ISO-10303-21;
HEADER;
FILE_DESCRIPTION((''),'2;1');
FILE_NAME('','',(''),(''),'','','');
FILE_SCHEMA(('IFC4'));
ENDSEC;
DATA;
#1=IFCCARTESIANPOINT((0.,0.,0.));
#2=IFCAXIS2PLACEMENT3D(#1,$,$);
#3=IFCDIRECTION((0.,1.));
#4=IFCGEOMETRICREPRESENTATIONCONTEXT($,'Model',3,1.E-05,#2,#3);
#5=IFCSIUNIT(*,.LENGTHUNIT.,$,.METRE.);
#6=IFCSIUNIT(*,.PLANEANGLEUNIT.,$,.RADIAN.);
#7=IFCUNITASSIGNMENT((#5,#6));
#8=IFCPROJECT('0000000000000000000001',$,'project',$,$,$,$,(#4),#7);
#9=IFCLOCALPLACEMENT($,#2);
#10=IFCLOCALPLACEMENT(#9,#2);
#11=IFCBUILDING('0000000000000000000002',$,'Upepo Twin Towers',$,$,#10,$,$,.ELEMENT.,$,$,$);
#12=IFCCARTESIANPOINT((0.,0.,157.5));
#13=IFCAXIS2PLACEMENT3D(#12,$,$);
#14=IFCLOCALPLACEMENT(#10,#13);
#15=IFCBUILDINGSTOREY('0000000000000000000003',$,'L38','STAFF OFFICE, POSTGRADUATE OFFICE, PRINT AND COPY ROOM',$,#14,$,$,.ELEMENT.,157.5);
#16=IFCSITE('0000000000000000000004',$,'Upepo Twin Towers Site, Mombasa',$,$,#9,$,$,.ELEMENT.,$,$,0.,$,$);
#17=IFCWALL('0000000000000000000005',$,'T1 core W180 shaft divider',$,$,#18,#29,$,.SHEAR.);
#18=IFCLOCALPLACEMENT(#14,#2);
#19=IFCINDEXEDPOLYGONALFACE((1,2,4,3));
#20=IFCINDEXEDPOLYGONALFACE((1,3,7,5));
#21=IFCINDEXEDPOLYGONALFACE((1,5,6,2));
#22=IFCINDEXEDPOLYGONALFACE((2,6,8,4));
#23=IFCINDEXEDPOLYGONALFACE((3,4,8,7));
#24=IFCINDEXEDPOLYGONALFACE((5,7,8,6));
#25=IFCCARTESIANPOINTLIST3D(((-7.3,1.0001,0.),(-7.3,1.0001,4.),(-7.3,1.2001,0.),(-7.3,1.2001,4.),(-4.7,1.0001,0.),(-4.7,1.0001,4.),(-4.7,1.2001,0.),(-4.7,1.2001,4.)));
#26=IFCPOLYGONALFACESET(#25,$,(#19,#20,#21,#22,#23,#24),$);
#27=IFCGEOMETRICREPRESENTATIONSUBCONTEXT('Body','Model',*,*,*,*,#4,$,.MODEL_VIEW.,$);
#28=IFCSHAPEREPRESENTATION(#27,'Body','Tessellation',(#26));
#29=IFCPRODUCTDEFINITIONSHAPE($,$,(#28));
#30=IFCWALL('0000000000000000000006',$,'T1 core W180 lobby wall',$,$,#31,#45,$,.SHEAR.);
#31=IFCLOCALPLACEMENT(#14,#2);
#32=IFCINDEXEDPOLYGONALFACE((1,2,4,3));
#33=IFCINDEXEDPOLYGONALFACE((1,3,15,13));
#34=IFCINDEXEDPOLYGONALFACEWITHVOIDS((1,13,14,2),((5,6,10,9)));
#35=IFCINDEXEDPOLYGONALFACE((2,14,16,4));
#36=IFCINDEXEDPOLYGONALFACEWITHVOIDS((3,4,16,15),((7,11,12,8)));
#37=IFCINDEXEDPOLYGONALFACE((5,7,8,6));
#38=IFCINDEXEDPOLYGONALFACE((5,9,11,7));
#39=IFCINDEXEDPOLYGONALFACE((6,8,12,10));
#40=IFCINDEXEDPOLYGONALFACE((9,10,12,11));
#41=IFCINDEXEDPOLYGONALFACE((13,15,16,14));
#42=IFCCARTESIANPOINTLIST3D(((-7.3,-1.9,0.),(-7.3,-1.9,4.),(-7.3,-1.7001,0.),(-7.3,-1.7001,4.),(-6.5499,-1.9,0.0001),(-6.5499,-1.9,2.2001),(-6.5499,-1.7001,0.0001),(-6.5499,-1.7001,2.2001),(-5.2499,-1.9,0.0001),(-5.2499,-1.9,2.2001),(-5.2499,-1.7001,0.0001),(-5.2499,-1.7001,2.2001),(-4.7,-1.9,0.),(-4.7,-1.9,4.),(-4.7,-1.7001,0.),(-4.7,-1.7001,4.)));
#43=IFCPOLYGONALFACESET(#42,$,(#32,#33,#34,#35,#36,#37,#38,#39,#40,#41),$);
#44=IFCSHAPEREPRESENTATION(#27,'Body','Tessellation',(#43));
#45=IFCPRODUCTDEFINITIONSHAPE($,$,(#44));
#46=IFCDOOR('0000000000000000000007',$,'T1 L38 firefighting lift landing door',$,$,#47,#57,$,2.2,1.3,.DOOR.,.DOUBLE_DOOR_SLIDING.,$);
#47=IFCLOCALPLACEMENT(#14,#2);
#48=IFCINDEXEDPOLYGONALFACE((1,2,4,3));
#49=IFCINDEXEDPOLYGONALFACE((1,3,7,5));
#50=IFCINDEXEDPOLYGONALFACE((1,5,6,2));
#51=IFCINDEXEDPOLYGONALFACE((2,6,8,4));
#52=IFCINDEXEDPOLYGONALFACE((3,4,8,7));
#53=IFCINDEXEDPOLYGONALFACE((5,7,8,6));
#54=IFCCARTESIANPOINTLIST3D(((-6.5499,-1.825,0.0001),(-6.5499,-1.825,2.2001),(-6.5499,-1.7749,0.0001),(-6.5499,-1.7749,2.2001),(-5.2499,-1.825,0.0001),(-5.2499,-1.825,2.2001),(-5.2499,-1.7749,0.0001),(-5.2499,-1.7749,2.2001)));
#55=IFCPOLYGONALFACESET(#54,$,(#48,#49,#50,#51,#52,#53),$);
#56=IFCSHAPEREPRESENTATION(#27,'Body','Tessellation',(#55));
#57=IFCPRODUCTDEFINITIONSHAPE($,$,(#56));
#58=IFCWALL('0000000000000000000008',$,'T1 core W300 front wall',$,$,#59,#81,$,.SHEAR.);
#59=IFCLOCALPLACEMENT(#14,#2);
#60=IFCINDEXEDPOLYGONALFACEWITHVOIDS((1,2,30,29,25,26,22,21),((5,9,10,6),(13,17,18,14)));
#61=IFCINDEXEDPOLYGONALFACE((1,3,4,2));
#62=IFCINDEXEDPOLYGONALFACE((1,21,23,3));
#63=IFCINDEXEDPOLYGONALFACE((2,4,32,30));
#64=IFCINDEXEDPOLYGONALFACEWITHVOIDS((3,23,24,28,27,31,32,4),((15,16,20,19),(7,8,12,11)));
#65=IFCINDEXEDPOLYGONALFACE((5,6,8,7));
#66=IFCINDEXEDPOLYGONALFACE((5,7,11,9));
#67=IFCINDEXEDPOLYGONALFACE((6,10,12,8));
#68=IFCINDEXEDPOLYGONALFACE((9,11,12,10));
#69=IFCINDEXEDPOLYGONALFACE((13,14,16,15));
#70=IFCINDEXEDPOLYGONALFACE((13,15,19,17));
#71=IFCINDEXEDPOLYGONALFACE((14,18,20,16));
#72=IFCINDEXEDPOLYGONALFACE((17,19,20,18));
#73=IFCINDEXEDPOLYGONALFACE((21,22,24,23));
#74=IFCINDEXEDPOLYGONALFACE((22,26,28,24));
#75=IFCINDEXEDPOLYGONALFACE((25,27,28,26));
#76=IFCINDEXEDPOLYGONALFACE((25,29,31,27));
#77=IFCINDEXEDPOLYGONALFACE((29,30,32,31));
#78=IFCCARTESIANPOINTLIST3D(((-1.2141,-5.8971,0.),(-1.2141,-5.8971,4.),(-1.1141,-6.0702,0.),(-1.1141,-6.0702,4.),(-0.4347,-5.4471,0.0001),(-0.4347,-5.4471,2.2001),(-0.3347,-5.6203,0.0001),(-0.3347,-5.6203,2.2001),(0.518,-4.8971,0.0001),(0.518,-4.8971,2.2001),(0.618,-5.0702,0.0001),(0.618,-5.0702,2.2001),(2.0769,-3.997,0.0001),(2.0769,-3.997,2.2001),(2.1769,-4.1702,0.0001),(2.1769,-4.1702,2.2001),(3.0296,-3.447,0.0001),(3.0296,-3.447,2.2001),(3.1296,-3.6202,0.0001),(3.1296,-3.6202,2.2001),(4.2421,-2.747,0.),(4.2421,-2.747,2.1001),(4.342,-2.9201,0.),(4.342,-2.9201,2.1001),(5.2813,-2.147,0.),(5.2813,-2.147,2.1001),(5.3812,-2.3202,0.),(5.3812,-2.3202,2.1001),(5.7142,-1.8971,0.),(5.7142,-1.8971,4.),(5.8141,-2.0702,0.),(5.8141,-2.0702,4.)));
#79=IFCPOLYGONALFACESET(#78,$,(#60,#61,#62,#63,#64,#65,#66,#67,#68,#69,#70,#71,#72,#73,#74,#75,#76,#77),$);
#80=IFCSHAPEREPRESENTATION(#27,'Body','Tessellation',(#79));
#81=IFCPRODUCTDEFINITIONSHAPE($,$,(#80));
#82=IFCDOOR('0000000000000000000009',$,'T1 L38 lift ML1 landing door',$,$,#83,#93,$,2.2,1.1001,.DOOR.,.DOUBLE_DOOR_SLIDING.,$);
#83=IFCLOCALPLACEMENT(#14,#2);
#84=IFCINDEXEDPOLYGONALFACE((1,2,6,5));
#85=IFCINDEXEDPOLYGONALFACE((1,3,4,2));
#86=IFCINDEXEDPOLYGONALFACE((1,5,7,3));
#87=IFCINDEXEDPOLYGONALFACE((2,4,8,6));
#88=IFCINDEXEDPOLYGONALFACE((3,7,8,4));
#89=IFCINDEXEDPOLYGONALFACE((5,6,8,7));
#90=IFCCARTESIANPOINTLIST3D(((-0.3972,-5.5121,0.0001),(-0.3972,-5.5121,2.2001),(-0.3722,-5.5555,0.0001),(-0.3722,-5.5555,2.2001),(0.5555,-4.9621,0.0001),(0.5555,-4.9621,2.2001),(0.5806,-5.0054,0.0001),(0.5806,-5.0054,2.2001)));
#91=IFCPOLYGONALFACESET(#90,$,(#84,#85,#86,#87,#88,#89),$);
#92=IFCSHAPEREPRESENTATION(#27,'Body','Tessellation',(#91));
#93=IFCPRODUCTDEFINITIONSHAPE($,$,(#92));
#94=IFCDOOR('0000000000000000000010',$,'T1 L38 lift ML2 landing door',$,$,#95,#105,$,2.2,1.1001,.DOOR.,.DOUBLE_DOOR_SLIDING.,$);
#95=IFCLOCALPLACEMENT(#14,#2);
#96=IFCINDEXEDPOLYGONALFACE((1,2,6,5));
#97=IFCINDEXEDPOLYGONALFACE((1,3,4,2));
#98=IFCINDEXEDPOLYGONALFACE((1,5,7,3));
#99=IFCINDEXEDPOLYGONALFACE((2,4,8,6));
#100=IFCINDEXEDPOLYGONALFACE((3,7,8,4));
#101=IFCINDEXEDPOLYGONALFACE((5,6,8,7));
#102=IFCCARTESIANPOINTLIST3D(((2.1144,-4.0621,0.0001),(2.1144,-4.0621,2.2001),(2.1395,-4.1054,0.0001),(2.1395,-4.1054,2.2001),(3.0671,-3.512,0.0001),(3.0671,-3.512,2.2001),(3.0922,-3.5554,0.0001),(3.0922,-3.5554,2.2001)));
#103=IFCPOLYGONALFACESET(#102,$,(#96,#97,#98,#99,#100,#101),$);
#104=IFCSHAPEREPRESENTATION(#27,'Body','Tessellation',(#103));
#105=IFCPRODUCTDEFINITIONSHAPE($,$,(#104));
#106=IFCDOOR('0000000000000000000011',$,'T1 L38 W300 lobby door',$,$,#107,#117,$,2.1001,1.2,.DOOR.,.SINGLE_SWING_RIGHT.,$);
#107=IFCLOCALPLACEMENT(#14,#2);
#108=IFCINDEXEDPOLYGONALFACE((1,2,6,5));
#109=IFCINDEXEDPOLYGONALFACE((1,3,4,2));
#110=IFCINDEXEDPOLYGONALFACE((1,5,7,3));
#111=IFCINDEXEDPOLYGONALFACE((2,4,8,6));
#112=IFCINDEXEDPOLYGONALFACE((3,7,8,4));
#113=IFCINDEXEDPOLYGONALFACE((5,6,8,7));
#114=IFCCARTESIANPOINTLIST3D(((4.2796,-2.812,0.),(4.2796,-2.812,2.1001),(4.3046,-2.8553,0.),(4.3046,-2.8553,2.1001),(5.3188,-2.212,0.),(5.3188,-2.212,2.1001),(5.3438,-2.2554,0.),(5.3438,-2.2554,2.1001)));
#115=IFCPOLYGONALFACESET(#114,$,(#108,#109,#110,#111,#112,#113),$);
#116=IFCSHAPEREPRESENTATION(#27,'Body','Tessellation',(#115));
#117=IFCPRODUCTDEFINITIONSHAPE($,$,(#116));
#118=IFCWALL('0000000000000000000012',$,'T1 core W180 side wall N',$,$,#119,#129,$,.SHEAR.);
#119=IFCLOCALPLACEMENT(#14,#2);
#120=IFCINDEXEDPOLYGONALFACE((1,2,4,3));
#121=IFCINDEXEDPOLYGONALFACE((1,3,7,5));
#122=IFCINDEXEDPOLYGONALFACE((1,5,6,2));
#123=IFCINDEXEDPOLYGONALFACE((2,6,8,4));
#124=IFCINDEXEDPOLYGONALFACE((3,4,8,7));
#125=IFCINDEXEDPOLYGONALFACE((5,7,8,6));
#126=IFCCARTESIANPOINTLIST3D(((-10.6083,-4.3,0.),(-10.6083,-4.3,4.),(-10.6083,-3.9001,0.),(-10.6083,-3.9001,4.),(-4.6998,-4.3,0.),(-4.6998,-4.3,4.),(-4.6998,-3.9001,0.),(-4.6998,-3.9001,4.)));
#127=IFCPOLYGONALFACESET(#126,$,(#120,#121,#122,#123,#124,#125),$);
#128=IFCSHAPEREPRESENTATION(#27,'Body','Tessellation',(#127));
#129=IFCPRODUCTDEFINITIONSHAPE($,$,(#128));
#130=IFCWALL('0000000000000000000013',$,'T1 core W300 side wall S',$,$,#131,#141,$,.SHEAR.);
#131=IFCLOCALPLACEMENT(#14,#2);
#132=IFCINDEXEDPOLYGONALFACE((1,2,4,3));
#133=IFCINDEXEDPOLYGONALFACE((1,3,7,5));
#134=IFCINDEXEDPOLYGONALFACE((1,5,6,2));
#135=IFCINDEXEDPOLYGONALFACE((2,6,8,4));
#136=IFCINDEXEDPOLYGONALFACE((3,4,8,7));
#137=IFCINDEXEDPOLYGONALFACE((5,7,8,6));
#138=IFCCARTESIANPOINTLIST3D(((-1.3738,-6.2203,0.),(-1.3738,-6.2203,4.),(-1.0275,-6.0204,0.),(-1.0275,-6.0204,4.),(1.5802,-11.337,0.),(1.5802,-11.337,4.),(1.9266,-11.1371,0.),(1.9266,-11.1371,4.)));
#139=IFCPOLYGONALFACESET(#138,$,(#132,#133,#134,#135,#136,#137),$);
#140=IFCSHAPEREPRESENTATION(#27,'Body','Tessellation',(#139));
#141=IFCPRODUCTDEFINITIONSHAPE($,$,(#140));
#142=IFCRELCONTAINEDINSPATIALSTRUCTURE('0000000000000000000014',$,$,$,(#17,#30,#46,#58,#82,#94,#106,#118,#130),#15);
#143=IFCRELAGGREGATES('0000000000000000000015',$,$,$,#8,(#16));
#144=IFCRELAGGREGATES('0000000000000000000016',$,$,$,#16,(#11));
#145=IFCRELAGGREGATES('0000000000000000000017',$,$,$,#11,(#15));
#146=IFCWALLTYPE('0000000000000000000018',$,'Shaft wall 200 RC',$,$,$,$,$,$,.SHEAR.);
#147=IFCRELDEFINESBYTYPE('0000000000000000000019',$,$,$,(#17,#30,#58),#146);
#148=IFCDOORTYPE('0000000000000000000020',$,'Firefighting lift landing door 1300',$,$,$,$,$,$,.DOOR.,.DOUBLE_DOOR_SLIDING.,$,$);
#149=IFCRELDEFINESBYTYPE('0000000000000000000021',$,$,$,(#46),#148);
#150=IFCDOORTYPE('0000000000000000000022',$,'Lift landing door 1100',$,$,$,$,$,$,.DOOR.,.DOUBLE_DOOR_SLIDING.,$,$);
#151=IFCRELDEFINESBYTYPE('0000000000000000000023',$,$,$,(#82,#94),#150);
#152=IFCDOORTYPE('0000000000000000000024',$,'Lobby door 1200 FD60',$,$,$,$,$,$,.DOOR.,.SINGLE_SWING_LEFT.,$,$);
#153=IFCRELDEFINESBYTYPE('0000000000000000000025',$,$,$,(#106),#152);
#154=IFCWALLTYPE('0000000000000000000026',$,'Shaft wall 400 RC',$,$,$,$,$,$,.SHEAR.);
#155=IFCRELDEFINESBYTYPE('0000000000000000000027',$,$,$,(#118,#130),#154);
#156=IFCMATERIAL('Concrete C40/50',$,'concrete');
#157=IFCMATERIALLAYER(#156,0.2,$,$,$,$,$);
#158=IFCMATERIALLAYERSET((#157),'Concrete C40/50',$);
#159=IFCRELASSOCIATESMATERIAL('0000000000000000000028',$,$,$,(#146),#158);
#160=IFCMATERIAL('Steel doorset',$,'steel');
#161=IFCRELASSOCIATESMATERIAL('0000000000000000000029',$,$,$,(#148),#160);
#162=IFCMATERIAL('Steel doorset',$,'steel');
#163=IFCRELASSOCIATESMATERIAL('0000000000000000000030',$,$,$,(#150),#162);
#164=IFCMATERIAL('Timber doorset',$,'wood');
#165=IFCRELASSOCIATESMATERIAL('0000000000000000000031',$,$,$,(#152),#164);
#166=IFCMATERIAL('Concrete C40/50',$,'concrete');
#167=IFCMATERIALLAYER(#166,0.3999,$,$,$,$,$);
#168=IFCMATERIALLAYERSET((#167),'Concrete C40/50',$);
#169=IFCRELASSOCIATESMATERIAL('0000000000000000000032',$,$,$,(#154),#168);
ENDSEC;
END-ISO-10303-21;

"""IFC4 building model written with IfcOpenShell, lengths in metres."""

from ifc_helpers import new_model, si_unit, direction, frame, frame_2d, origin, place, context, subcontext, project, spatial, rectangle, extrude, material, layer, layer_set, type_object, element, fill, save


model = new_model("IFC4")

# Units and contexts
model_context = context("Model", 3, precision=1e-05, world=origin(), true_north=direction((0.0, 1.0)))
body_context = subcontext(model_context, "Body", "Model", "MODEL_VIEW")
ifc_project = project(units=[si_unit("LENGTHUNIT", "METRE"), si_unit("PLANEANGLEUNIT", "RADIAN")], contexts=[model_context])

# Site, building, storey
site_placement = place(None, origin())
site = spatial("IfcSite", under=ifc_project, at=site_placement, Name="Upepo Twin Towers Site, Mombasa", CompositionType="ELEMENT", RefElevation=0.0)
building_placement = place(site_placement, origin())
building = spatial("IfcBuilding", under=site, at=building_placement, Name="Upepo Twin Towers", CompositionType="ELEMENT")
storey_placement = place(building_placement, frame((0.0, 0.0, 157.5)))
storey = spatial("IfcBuildingStorey", under=building, at=storey_placement, Name="L38", Description="STAFF OFFICE, POSTGRADUATE OFFICE, PRINT AND COPY ROOM", CompositionType="ELEMENT", Elevation=157.5)

# Wall
ifc_material_1 = material(Name="Concrete C40/50", Category="concrete")
ifc_layer_1 = layer(ifc_material_1, 0.2)
ifc_layer_set_1 = layer_set([ifc_layer_1], Name="Concrete C40/50")
wall_type_1 = type_object("IfcWallType", Name="Shaft wall 200 RC", PredefinedType="SHEAR", material=ifc_layer_set_1)
wall_1_placement = place(storey_placement, frame((-4.7, 1.1001, 0.0), z_axis=(0.0, 0.0, 1.0), x_axis=(-1.0, 0.0, 0.0)))
element("IfcWall", 1, at=wall_1_placement, inside=storey, type_object=wall_type_1, Name="T1 core W180 shaft divider", PredefinedType="SHEAR", context=body_context, shape_type="SweptSolid", body=[
    extrude(rectangle(XDim=2.6001, YDim=0.2, at=frame_2d((1.3, 0.0))), origin(), (0.0, 0.0, 1.0), 4.0),
])

# Wall, opening, door
wall_2_placement = place(storey_placement, frame((-4.7, -1.8, 0.0), z_axis=(0.0, 0.0, 1.0), x_axis=(-1.0, 0.0, 0.0)))
wall_2 = element("IfcWall", 2, at=wall_2_placement, inside=storey, type_object=wall_type_1, Name="T1 core W180 lobby wall", PredefinedType="SHEAR", context=body_context, shape_type="SweptSolid", body=[
    extrude(rectangle(XDim=2.6001, YDim=0.2, at=frame_2d((1.3, 0.0))), origin(), (0.0, 0.0, 1.0), 4.0),
])
opening_1_placement = place(wall_2_placement, frame((0.55, 0.0, 0.0)))
opening_1 = element("IfcOpeningElement", 3, at=opening_1_placement, cuts=wall_2, PredefinedType="OPENING", context=body_context, shape_type="SweptSolid", body=[
    extrude(rectangle(XDim=1.3, YDim=2.2, at=frame_2d((0.6499, 1.1001))), frame((0.0, 0.1099, 0.0), z_axis=(0.0, -1.0, 0.0), x_axis=(1.0, 0.0, 0.0)), (0.0, 0.0, 1.0), 0.22),
])
ifc_material_2 = material(Name="Steel doorset", Category="steel")
door_type_1 = type_object("IfcDoorType", Name="Firefighting lift landing door 1300", OperationType="DOUBLE_DOOR_SLIDING", PredefinedType="DOOR", material=ifc_material_2)
door_1_placement = place(opening_1_placement, origin())
door_1 = element("IfcDoor", 4, at=door_1_placement, inside=storey, type_object=door_type_1, Name="T1 L38 firefighting lift landing door", OperationType="DOUBLE_DOOR_SLIDING", OverallHeight=2.2, OverallWidth=1.3, PredefinedType="DOOR", context=body_context, shape_type="SweptSolid", body=[
    extrude(rectangle(XDim=1.3, YDim=2.2, at=frame_2d((0.6499, 1.1001))), frame((0.0, 0.0249, 0.0), z_axis=(0.0, -1.0, 0.0), x_axis=(1.0, 0.0, 0.0)), (0.0, 0.0, 1.0), 0.05),
])
fill(opening_1, door_1)

# Wall, openings, doors
wall_3_placement = place(storey_placement, frame((-1.1641, -5.9836, 0.0), z_axis=(0.0, 0.0, 1.0), x_axis=(0.866026, 0.499999, 0.0)))
wall_3 = element("IfcWall", 5, at=wall_3_placement, inside=storey, type_object=wall_type_1, Name="T1 core W300 front wall", PredefinedType="SHEAR", context=body_context, shape_type="SweptSolid", body=[
    extrude(rectangle(XDim=8.0, YDim=0.2, at=frame_2d((4.0, 0.0))), origin(), (0.0, 0.0, 1.0), 4.0),
])
opening_2_placement = place(wall_3_placement, frame((6.3, 0.0, 0.0)))
opening_2 = element("IfcOpeningElement", 6, at=opening_2_placement, cuts=wall_3, PredefinedType="OPENING", context=body_context, shape_type="SweptSolid", body=[
    extrude(rectangle(XDim=1.2, YDim=2.1001, at=frame_2d((0.6001, 1.05))), frame((0.0, 0.1099, 0.0), z_axis=(0.0, -1.0, 0.0), x_axis=(1.0, 0.0, 0.0)), (0.0, 0.0, 1.0), 0.22),
])
opening_3_placement = place(wall_3_placement, frame((0.8999, 0.0, 0.0)))
opening_3 = element("IfcOpeningElement", 7, at=opening_3_placement, cuts=wall_3, PredefinedType="OPENING", context=body_context, shape_type="SweptSolid", body=[
    extrude(rectangle(XDim=1.1001, YDim=2.2, at=frame_2d((0.55, 1.1001))), frame((0.0, 0.1099, 0.0), z_axis=(0.0, -1.0, 0.0), x_axis=(1.0, 0.0, 0.0)), (0.0, 0.0, 1.0), 0.22),
])
opening_4_placement = place(wall_3_placement, frame((3.8, 0.0, 0.0)))
opening_4 = element("IfcOpeningElement", 8, at=opening_4_placement, cuts=wall_3, PredefinedType="OPENING", context=body_context, shape_type="SweptSolid", body=[
    extrude(rectangle(XDim=1.1001, YDim=2.2, at=frame_2d((0.55, 1.1001))), frame((0.0, 0.1099, 0.0), z_axis=(0.0, -1.0, 0.0), x_axis=(1.0, 0.0, 0.0)), (0.0, 0.0, 1.0), 0.22),
])
ifc_material_3 = material(Name="Steel doorset", Category="steel")
door_type_2 = type_object("IfcDoorType", Name="Lift landing door 1100", OperationType="DOUBLE_DOOR_SLIDING", PredefinedType="DOOR", material=ifc_material_3)
door_2_placement = place(opening_3_placement, origin())
door_2 = element("IfcDoor", 9, at=door_2_placement, inside=storey, type_object=door_type_2, Name="T1 L38 lift ML1 landing door", OperationType="DOUBLE_DOOR_SLIDING", OverallHeight=2.2, OverallWidth=1.1001, PredefinedType="DOOR", context=body_context, shape_type="SweptSolid", body=[
    extrude(rectangle(XDim=1.1001, YDim=2.2, at=frame_2d((0.55, 1.1001))), frame((0.0, 0.0249, 0.0), z_axis=(0.0, -1.0, 0.0), x_axis=(1.0, 0.0, 0.0)), (0.0, 0.0, 1.0), 0.05),
])
fill(opening_3, door_2)
door_3_placement = place(opening_4_placement, origin())
door_3 = element("IfcDoor", 10, at=door_3_placement, inside=storey, type_object=door_type_2, Name="T1 L38 lift ML2 landing door", OperationType="DOUBLE_DOOR_SLIDING", OverallHeight=2.2, OverallWidth=1.1001, PredefinedType="DOOR", context=body_context, shape_type="SweptSolid", body=[
    extrude(rectangle(XDim=1.1001, YDim=2.2, at=frame_2d((0.55, 1.1001))), frame((0.0, 0.0249, 0.0), z_axis=(0.0, -1.0, 0.0), x_axis=(1.0, 0.0, 0.0)), (0.0, 0.0, 1.0), 0.05),
])
fill(opening_4, door_3)
ifc_material_4 = material(Name="Timber doorset", Category="wood")
door_type_3 = type_object("IfcDoorType", Name="Lobby door 1200 FD60", OperationType="SINGLE_SWING_LEFT", PredefinedType="DOOR", material=ifc_material_4)
door_4_placement = place(opening_2_placement, origin())
door_4 = element("IfcDoor", 11, at=door_4_placement, inside=storey, type_object=door_type_3, Name="T1 L38 W300 lobby door", OperationType="SINGLE_SWING_RIGHT", OverallHeight=2.1001, OverallWidth=1.2, PredefinedType="DOOR", context=body_context, shape_type="SweptSolid", body=[
    extrude(rectangle(XDim=1.2, YDim=2.1001, at=frame_2d((0.6001, 1.05))), frame((0.0, 0.0249, 0.0), z_axis=(0.0, -1.0, 0.0), x_axis=(1.0, 0.0, 0.0)), (0.0, 0.0, 1.0), 0.05),
])
fill(opening_2, door_4)

# Walls
ifc_material_5 = material(Name="Concrete C40/50", Category="concrete")
ifc_layer_2 = layer(ifc_material_5, 0.3999)
ifc_layer_set_2 = layer_set([ifc_layer_2], Name="Concrete C40/50")
wall_type_2 = type_object("IfcWallType", Name="Shaft wall 400 RC", PredefinedType="SHEAR", material=ifc_layer_set_2)
wall_4_placement = place(storey_placement, frame((-4.7, -4.1001, 0.0), z_axis=(0.0, 0.0, 1.0), x_axis=(-1.0, 0.0, 0.0)))
element("IfcWall", 12, at=wall_4_placement, inside=storey, type_object=wall_type_2, Name="T1 core W180 side wall N", PredefinedType="SHEAR", context=body_context, shape_type="SweptSolid", body=[
    extrude(rectangle(XDim=5.9084, YDim=0.3999, at=frame_2d((2.9541, 0.0))), origin(), (0.0, 0.0, 1.0), 4.0),
])
wall_5_placement = place(storey_placement, frame((-1.2007, -6.1204, 0.0), z_axis=(0.0, 0.0, 1.0), x_axis=(0.499997, -0.866027, 0.0)))
element("IfcWall", 13, at=wall_5_placement, inside=storey, type_object=wall_type_2, Name="T1 core W300 side wall S", PredefinedType="SHEAR", context=body_context, shape_type="SweptSolid", body=[
    extrude(rectangle(XDim=5.9082, YDim=0.3999, at=frame_2d((2.9541, 0.0))), origin(), (0.0, 0.0, 1.0), 4.0),
])

save(model, "model.ifc")
